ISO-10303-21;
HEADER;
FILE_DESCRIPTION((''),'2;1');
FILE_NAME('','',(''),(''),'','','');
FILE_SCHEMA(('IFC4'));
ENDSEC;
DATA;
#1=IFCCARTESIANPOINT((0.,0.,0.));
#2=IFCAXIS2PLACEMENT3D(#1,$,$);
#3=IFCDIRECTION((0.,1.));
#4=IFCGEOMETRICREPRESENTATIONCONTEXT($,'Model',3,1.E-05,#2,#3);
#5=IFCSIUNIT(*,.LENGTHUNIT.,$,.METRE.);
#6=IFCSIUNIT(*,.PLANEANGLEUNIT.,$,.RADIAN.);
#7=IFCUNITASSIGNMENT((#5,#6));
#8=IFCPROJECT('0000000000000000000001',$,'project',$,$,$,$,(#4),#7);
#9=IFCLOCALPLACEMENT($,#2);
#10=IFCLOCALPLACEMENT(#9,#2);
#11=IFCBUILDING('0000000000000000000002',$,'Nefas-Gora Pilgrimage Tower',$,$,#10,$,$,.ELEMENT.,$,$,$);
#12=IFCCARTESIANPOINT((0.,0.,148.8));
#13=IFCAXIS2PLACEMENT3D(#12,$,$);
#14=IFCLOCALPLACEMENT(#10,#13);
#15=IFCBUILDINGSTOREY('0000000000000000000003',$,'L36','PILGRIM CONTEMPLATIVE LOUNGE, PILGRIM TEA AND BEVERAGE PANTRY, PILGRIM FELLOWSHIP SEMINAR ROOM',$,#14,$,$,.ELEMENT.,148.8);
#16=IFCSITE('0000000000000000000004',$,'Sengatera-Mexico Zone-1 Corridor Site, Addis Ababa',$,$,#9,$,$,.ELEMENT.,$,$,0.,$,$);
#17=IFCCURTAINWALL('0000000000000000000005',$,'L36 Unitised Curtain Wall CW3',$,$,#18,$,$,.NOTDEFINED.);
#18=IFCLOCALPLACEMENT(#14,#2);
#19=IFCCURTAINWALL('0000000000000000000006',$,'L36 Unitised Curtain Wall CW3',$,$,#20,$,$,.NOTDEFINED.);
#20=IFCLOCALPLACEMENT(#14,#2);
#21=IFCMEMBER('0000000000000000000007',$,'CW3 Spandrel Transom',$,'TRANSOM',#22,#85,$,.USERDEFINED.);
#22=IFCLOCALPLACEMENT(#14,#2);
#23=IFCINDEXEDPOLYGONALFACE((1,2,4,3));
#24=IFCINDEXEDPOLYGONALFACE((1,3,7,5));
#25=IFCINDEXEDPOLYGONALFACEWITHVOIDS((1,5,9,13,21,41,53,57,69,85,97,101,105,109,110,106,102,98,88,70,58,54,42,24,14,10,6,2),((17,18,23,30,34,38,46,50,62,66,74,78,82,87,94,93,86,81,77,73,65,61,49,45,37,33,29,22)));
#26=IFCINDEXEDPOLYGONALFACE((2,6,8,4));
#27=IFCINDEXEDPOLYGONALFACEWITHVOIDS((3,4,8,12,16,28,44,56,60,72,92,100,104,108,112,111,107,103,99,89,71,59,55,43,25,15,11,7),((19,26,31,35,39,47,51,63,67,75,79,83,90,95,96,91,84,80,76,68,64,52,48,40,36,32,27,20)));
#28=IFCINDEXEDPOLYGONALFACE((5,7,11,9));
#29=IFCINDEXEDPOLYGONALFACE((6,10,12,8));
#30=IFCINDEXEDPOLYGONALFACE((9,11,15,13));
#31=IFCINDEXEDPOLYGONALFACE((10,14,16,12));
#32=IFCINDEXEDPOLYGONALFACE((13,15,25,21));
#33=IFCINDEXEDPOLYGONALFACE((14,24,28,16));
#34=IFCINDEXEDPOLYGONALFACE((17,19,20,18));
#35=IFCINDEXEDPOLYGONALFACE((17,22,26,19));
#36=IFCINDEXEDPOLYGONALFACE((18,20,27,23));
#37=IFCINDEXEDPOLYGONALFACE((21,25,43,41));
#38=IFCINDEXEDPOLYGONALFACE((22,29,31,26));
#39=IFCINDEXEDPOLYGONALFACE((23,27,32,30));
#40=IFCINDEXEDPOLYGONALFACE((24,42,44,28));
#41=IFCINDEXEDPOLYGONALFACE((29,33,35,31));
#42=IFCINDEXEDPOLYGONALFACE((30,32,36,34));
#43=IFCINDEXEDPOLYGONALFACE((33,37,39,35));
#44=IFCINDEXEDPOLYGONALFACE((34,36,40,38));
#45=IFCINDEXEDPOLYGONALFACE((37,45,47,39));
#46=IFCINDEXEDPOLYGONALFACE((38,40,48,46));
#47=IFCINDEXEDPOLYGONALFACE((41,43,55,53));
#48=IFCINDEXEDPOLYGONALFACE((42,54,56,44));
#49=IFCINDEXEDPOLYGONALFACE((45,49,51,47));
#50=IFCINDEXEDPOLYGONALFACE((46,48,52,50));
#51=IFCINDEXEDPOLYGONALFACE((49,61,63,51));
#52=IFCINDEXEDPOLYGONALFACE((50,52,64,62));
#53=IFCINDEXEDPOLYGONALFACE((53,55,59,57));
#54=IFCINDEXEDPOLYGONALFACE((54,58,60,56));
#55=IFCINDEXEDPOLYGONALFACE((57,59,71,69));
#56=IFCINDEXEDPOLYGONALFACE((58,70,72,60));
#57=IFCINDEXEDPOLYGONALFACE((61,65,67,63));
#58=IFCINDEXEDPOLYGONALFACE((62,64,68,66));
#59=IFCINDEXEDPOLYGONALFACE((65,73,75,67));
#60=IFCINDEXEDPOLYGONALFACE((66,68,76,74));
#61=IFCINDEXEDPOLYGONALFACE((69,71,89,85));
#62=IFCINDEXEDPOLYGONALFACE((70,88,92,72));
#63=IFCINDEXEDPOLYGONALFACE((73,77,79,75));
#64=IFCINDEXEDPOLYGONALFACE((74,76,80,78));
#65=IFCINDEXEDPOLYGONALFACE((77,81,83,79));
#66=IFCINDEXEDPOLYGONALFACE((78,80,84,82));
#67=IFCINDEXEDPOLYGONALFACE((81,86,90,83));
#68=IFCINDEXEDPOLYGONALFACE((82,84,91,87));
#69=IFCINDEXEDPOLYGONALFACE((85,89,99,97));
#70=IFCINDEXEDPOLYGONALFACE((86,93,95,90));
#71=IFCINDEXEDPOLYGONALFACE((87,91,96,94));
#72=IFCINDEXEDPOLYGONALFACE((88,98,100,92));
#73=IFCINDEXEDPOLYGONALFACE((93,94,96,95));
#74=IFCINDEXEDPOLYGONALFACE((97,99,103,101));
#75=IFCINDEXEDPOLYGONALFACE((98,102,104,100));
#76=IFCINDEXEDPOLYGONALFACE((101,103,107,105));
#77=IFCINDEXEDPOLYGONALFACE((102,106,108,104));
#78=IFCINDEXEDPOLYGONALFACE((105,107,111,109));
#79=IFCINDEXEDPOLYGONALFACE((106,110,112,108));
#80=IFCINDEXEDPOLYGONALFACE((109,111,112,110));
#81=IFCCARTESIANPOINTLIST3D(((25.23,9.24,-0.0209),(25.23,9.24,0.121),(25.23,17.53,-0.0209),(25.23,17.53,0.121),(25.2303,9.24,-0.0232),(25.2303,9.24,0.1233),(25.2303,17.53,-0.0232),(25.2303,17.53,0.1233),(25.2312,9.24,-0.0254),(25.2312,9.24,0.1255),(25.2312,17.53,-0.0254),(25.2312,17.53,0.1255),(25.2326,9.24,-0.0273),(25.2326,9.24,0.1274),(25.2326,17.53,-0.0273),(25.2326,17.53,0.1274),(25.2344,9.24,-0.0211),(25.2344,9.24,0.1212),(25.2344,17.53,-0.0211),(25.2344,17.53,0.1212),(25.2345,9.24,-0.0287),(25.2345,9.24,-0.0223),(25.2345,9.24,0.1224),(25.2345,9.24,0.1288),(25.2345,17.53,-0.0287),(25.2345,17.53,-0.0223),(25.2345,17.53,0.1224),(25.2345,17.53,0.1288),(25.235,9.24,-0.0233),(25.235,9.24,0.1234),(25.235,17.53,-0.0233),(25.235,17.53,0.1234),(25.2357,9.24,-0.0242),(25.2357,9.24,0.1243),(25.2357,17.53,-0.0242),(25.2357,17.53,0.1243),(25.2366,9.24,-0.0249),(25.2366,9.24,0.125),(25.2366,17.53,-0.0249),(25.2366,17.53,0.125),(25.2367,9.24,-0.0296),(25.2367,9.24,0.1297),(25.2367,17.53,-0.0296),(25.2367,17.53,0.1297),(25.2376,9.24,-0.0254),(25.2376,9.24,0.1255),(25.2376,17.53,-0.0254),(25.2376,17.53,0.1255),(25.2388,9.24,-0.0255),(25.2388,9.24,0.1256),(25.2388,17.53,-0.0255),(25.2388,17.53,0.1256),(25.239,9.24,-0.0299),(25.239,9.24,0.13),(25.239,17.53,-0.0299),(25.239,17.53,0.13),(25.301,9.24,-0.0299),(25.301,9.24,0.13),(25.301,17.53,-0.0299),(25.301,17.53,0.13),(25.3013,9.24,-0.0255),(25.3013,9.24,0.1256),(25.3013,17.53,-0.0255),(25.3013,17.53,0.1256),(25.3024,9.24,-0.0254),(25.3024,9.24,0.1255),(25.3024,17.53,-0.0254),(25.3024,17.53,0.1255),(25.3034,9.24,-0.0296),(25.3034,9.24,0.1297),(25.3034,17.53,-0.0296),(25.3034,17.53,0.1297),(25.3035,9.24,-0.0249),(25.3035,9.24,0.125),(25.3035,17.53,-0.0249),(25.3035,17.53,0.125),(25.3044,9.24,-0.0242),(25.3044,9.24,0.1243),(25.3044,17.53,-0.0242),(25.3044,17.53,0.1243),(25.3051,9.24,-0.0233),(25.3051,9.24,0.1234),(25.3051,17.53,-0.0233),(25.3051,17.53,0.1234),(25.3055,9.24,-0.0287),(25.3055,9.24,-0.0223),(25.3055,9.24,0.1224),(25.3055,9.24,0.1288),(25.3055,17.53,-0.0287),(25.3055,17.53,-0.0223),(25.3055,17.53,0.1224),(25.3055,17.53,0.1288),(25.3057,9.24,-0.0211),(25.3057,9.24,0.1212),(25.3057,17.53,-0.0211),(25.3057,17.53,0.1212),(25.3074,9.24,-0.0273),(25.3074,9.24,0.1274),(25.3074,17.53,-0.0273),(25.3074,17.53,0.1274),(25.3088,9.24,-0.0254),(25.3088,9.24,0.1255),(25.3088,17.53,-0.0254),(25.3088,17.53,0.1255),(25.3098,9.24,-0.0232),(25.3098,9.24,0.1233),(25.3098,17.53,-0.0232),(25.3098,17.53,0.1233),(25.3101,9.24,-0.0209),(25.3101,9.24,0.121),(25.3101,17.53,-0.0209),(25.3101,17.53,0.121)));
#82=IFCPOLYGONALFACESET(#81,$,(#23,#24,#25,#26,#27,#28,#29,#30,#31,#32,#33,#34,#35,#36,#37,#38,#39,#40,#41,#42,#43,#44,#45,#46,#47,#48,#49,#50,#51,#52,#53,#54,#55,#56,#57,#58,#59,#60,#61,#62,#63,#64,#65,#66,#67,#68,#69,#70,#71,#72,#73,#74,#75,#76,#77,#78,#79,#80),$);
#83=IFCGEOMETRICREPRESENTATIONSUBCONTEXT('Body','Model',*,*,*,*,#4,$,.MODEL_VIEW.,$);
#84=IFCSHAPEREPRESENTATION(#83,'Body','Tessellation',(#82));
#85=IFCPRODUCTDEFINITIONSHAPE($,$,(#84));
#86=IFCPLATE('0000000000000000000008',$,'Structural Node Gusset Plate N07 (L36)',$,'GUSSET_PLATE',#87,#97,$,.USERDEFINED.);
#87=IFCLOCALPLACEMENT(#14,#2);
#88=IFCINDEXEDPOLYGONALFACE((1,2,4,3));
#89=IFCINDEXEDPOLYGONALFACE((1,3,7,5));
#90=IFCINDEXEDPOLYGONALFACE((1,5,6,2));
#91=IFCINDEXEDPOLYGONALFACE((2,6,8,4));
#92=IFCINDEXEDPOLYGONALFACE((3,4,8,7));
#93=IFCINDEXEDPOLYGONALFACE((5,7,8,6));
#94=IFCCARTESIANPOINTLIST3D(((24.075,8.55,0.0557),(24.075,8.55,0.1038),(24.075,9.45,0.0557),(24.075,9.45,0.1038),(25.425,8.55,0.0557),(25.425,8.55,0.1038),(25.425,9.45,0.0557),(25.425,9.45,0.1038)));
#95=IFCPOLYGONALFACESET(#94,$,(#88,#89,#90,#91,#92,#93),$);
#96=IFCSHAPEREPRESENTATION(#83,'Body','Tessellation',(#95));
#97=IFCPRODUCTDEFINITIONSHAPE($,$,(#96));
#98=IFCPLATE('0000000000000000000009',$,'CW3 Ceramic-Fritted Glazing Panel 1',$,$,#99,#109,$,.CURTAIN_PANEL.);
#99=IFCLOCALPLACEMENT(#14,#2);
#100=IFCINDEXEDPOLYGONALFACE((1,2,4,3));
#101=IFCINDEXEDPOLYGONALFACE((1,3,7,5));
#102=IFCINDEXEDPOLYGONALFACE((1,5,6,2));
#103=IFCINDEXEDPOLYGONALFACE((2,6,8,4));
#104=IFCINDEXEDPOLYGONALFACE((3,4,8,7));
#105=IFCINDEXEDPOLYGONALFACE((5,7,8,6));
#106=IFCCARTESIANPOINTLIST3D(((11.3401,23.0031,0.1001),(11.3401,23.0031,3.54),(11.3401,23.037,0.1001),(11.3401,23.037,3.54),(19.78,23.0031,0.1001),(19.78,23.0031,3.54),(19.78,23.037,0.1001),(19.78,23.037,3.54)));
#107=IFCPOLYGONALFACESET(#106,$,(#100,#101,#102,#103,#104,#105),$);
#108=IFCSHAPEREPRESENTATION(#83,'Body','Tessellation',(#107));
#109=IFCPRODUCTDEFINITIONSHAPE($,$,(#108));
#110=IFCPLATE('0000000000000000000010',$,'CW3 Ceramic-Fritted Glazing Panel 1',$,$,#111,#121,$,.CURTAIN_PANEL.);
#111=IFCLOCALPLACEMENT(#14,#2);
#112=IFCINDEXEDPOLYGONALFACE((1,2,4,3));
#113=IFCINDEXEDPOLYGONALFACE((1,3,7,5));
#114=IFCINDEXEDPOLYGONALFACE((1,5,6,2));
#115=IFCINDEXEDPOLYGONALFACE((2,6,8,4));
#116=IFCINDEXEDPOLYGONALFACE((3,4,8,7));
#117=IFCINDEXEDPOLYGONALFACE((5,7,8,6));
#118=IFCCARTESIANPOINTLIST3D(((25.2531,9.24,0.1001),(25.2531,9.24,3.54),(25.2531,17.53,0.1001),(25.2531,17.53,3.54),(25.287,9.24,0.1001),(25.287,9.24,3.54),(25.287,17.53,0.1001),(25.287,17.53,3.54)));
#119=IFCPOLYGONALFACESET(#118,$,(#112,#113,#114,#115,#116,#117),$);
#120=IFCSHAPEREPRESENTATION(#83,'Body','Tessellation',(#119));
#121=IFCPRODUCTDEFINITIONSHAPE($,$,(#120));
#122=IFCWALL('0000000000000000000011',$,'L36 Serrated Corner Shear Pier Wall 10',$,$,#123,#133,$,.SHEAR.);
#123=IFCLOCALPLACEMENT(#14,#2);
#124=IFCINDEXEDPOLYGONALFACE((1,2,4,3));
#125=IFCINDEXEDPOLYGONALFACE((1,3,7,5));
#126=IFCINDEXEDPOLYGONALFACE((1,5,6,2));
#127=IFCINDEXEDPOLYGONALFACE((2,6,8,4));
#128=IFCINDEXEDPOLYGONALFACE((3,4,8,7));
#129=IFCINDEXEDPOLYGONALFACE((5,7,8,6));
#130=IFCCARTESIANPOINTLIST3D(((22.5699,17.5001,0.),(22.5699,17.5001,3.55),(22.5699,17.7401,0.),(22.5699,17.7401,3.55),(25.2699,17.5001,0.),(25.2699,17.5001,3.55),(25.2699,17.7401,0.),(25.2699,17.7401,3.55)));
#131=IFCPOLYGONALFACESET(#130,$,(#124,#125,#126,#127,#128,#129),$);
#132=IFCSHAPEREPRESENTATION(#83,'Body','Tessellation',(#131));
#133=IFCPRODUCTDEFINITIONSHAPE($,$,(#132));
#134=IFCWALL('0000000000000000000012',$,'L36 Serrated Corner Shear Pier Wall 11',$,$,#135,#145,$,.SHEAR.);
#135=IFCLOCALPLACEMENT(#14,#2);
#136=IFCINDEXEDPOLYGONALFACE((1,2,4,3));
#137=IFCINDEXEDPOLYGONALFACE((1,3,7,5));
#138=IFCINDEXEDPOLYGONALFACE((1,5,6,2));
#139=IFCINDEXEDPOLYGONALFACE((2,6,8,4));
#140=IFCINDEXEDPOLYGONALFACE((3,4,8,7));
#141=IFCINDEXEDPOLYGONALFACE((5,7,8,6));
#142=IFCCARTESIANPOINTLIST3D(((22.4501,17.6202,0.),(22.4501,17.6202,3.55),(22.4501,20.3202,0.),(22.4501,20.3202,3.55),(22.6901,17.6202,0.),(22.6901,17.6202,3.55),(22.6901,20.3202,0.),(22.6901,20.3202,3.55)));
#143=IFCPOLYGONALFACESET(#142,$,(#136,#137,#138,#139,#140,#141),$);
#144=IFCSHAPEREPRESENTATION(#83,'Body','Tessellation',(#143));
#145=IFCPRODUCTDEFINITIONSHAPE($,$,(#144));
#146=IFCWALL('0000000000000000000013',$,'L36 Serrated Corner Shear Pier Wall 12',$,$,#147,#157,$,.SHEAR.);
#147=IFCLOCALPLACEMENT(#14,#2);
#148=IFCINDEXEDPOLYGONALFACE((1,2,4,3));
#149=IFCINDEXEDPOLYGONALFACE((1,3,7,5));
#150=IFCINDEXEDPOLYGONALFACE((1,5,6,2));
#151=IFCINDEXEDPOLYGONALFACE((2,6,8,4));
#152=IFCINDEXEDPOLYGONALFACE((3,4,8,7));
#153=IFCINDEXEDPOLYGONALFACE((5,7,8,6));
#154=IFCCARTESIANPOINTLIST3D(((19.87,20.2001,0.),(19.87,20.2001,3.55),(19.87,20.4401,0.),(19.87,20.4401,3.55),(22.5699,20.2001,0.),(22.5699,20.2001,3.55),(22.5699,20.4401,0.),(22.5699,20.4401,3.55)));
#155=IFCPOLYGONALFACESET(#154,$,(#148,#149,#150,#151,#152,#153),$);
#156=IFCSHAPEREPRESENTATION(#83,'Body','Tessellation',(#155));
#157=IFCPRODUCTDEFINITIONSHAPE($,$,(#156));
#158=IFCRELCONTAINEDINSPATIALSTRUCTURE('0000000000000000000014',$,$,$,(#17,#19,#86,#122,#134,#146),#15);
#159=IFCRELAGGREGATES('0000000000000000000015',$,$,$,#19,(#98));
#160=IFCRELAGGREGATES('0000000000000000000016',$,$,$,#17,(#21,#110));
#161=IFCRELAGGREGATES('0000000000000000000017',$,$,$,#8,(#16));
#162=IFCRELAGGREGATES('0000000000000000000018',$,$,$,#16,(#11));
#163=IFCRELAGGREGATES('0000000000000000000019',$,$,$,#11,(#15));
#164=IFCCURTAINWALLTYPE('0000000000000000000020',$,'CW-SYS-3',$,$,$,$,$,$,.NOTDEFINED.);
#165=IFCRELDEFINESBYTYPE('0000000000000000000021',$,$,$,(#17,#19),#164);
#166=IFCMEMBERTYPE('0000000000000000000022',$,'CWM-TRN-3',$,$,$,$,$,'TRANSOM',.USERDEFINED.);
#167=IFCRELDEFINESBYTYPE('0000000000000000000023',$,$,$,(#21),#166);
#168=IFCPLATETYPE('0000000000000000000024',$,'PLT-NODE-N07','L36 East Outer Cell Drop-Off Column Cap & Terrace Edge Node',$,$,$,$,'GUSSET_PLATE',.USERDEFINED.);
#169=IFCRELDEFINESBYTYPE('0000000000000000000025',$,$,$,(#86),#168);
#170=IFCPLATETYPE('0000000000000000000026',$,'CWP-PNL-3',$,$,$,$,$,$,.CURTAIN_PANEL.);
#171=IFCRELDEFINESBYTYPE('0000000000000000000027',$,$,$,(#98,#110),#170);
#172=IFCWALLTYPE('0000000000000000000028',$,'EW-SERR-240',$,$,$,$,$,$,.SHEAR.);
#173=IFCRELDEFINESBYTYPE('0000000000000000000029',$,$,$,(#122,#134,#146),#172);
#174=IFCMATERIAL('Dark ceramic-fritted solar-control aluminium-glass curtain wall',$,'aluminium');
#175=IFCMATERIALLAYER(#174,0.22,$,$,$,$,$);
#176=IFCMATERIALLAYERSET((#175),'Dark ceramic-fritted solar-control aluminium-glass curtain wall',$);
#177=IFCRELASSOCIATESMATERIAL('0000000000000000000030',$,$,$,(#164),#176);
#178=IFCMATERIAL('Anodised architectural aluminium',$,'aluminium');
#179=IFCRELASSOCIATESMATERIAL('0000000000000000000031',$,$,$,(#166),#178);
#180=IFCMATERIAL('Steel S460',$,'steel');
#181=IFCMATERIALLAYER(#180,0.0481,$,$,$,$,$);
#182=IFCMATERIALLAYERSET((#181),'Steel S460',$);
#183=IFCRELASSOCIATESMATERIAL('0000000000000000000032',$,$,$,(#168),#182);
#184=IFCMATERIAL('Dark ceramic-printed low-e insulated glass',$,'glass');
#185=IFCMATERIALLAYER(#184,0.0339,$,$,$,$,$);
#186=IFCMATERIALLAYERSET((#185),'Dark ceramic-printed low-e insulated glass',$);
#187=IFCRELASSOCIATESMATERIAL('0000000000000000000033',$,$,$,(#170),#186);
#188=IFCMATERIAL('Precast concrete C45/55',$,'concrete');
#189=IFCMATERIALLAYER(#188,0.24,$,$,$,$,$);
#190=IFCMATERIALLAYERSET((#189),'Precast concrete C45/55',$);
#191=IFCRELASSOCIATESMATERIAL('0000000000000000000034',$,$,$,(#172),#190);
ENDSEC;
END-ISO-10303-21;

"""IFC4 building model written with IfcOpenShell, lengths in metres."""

from ifc_helpers import new_model, si_unit, direction, frame, frame_2d, origin, origin_2d, place, context, subcontext, project, spatial, rectangle, hollow_rectangle, extrude, source, transform, mapped, material, layer, layer_set, material_profile, profile_set, type_object, element, aggregate, save


model = new_model("IFC4")

# Units and contexts
model_context = context("Model", 3, precision=1e-05, world=origin(), true_north=direction((0.0, 1.0)))
body_context = subcontext(model_context, "Body", "Model", "MODEL_VIEW")
ifc_project = project(units=[si_unit("LENGTHUNIT", "METRE"), si_unit("PLANEANGLEUNIT", "RADIAN")], contexts=[model_context])

# Site, building, storey
site_placement = place(None, origin())
site = spatial("IfcSite", under=ifc_project, at=site_placement, Name="Sengatera-Mexico Zone-1 Corridor Site, Addis Ababa", CompositionType="ELEMENT", RefElevation=0.0)
building_placement = place(site_placement, origin())
building = spatial("IfcBuilding", under=site, at=building_placement, Name="Nefas-Gora Pilgrimage Tower", CompositionType="ELEMENT")
storey_placement = place(building_placement, frame((0.0, 0.0, 148.8)))
storey = spatial("IfcBuildingStorey", under=building, at=storey_placement, Name="L36", Description="PILGRIM CONTEMPLATIVE LOUNGE, PILGRIM TEA AND BEVERAGE PANTRY, PILGRIM FELLOWSHIP SEMINAR ROOM", CompositionType="ELEMENT", Elevation=148.8)

# Shared definitions
ifc_material_1 = material(Name="Steel S460", Category="steel")

# Curtain walls
ifc_material_2 = material(Name="Dark ceramic-fritted solar-control aluminium-glass curtain wall", Category="aluminium")
ifc_layer_1 = layer(ifc_material_2, 0.22)
ifc_layer_set_1 = layer_set([ifc_layer_1], Name="Dark ceramic-fritted solar-control aluminium-glass curtain wall")
curtain_wall_type = type_object("IfcCurtainWallType", Name="CW-SYS-3", PredefinedType="NOTDEFINED", material=ifc_layer_set_1)
curtain_wall_1_placement = place(storey_placement, origin())
curtain_wall_1 = element("IfcCurtainWall", 1, at=curtain_wall_1_placement, inside=storey, type_object=curtain_wall_type, Name="L36 Unitised Curtain Wall CW3", PredefinedType="NOTDEFINED")
ifc_material_3 = material(Name="Anodised architectural aluminium", Category="aluminium")
curtain_wall_2_placement = place(storey_placement, origin())
curtain_wall_2 = element("IfcCurtainWall", 2, at=curtain_wall_2_placement, inside=storey, type_object=curtain_wall_type, Name="L36 Unitised Curtain Wall CW3", PredefinedType="NOTDEFINED")
ifc_material_profile_1 = material_profile(ifc_material_3, hollow_rectangle(XDim=0.0801, YDim=0.1599, WallThickness=0.0044, InnerFilletRadius=0.0044, OuterFilletRadius=0.009, at=origin_2d()), Name="ALU TRANSOM 80x160")
ifc_profile_set_1 = profile_set([ifc_material_profile_1], Name="Anodised architectural aluminium")
member_type_1 = type_object("IfcMemberType", Name="CWM-TRN-3", ElementType="TRANSOM", PredefinedType="USERDEFINED", material=ifc_profile_set_1)

# Member
shared_shape_1 = source(origin(), body_context, "Body", "SweptSolid", [
    extrude(hollow_rectangle(XDim=0.0801, YDim=0.1599, WallThickness=0.0044, InnerFilletRadius=0.0044, OuterFilletRadius=0.009, at=origin_2d()), origin(), (0.0, 0.0, 1.0), 8.29),
])
member_1_placement = place(storey_placement, frame((25.27, 9.24, 0.05), z_axis=(0.0, 1.0, 0.0), x_axis=(-1.0, 0.0, 0.0)))
member_1 = element("IfcMember", 3, at=member_1_placement, type_object=member_type_1, Name="CW3 Spandrel Transom", ObjectType="TRANSOM", PredefinedType="USERDEFINED", context=body_context, shape_type="MappedRepresentation", body=[
    mapped(shared_shape_1, transform((0.0, 0.0, 0.0), x_axis=(1.0, 0.0, 0.0), y_axis=(0.0, 1.0, 0.0), z_axis=(0.0, 0.0, 1.0), scale=1.0)),
])

# Plates
ifc_layer_2 = layer(ifc_material_1, 0.0481)
ifc_layer_set_2 = layer_set([ifc_layer_2], Name="Steel S460")
plate_type_1 = type_object("IfcPlateType", Name="PLT-NODE-N07", Description="L36 East Outer Cell Drop-Off Column Cap & Terrace Edge Node", ElementType="GUSSET_PLATE", PredefinedType="USERDEFINED", material=ifc_layer_set_2)
shared_shape_2 = source(origin(), body_context, "Body", "SweptSolid", [
    extrude(rectangle(XDim=1.3501, YDim=0.8999, at=origin_2d()), origin(), (0.0, 0.0, 1.0), 0.0481),
])
plate_1_placement = place(storey_placement, frame((24.75, 9.0, 0.0557), z_axis=(0.0, 0.0, 1.0), x_axis=(1.0, 0.0, 0.0)))
element("IfcPlate", 4, at=plate_1_placement, inside=storey, type_object=plate_type_1, Name="Structural Node Gusset Plate N07 (L36)", ObjectType="GUSSET_PLATE", PredefinedType="USERDEFINED", context=body_context, shape_type="MappedRepresentation", body=[
    mapped(shared_shape_2, transform((0.0, 0.0, 0.0), x_axis=(1.0, 0.0, 0.0), y_axis=(0.0, 1.0, 0.0), z_axis=(0.0, 0.0, 1.0), scale=1.0)),
])
ifc_material_4 = material(Name="Dark ceramic-printed low-e insulated glass", Category="glass")
ifc_layer_3 = layer(ifc_material_4, 0.0339)
ifc_layer_set_3 = layer_set([ifc_layer_3], Name="Dark ceramic-printed low-e insulated glass")
plate_type_2 = type_object("IfcPlateType", Name="CWP-PNL-3", PredefinedType="CURTAIN_PANEL", material=ifc_layer_set_3)
shared_shape_3 = source(origin(), body_context, "Body", "SweptSolid", [
    extrude(rectangle(XDim=8.4399, YDim=0.0339, at=origin_2d()), origin(), (0.0, 0.0, 1.0), 3.4399),
])
plate_2_placement = place(storey_placement, frame((15.5601, 23.02, 0.1001), z_axis=(0.0, 0.0, 1.0), x_axis=(-1.0, 0.0, 0.0)))
plate_2 = element("IfcPlate", 5, at=plate_2_placement, type_object=plate_type_2, Name="CW3 Ceramic-Fritted Glazing Panel 1", PredefinedType="CURTAIN_PANEL", context=body_context, shape_type="MappedRepresentation", body=[
    mapped(shared_shape_3, transform((0.0, 0.0, 0.0), x_axis=(1.0, 0.0, 0.0), y_axis=(0.0, 1.0, 0.0), z_axis=(0.0, 0.0, 1.0), scale=1.0)),
])
aggregate(curtain_wall_2, [plate_2])
shared_shape_4 = source(origin(), body_context, "Body", "SweptSolid", [
    extrude(rectangle(XDim=8.29, YDim=0.0339, at=origin_2d()), origin(), (0.0, 0.0, 1.0), 3.4399),
])
plate_3_placement = place(storey_placement, frame((25.27, 13.385, 0.1001), z_axis=(0.0, 0.0, 1.0), x_axis=(0.0, 1.0, 0.0)))
plate_3 = element("IfcPlate", 6, at=plate_3_placement, type_object=plate_type_2, Name="CW3 Ceramic-Fritted Glazing Panel 1", PredefinedType="CURTAIN_PANEL", context=body_context, shape_type="MappedRepresentation", body=[
    mapped(shared_shape_4, transform((0.0, 0.0, 0.0), x_axis=(1.0, 0.0, 0.0), y_axis=(0.0, 1.0, 0.0), z_axis=(0.0, 0.0, 1.0), scale=1.0)),
])
aggregate(curtain_wall_1, [member_1, plate_3])

# Walls
ifc_material_5 = material(Name="Precast concrete C45/55", Category="concrete")
ifc_layer_4 = layer(ifc_material_5, 0.24)
ifc_layer_set_4 = layer_set([ifc_layer_4], Name="Precast concrete C45/55")
wall_type_1 = type_object("IfcWallType", Name="EW-SERR-240", PredefinedType="SHEAR", material=ifc_layer_set_4)
shared_shape_5 = source(origin(), body_context, "Body", "SweptSolid", [
    extrude(rectangle(XDim=2.7, YDim=0.24, at=frame_2d((1.3501, 0.0))), origin(), (0.0, 0.0, 1.0), 3.55),
])
for number, where, z_axis, x_axis, name in (
    (7, (25.27, 17.6201, 0.0), (0.0, 0.0, 1.0), (-1.0, 0.0, 0.0), "L36 Serrated Corner Shear Pier Wall 10"),
    (8, (22.5701, 17.6201, 0.0), (0.0, 0.0, 1.0), (0.0, 1.0, 0.0), "L36 Serrated Corner Shear Pier Wall 11"),
    (9, (22.5701, 20.3201, 0.0), (0.0, 0.0, 1.0), (-1.0, 0.0, 0.0), "L36 Serrated Corner Shear Pier Wall 12"),
):
    element("IfcWall", number, at=place(storey_placement, frame(where, z_axis=z_axis, x_axis=x_axis)), inside=storey, type_object=wall_type_1, Name=name, PredefinedType="SHEAR", context=body_context, shape_type="MappedRepresentation", body=[
        mapped(shared_shape_5, transform((0.0, 0.0, 0.0), x_axis=(1.0, 0.0, 0.0), y_axis=(0.0, 1.0, 0.0), z_axis=(0.0, 0.0, 1.0), scale=1.0)),
    ])

save(model, "model.ifc")
